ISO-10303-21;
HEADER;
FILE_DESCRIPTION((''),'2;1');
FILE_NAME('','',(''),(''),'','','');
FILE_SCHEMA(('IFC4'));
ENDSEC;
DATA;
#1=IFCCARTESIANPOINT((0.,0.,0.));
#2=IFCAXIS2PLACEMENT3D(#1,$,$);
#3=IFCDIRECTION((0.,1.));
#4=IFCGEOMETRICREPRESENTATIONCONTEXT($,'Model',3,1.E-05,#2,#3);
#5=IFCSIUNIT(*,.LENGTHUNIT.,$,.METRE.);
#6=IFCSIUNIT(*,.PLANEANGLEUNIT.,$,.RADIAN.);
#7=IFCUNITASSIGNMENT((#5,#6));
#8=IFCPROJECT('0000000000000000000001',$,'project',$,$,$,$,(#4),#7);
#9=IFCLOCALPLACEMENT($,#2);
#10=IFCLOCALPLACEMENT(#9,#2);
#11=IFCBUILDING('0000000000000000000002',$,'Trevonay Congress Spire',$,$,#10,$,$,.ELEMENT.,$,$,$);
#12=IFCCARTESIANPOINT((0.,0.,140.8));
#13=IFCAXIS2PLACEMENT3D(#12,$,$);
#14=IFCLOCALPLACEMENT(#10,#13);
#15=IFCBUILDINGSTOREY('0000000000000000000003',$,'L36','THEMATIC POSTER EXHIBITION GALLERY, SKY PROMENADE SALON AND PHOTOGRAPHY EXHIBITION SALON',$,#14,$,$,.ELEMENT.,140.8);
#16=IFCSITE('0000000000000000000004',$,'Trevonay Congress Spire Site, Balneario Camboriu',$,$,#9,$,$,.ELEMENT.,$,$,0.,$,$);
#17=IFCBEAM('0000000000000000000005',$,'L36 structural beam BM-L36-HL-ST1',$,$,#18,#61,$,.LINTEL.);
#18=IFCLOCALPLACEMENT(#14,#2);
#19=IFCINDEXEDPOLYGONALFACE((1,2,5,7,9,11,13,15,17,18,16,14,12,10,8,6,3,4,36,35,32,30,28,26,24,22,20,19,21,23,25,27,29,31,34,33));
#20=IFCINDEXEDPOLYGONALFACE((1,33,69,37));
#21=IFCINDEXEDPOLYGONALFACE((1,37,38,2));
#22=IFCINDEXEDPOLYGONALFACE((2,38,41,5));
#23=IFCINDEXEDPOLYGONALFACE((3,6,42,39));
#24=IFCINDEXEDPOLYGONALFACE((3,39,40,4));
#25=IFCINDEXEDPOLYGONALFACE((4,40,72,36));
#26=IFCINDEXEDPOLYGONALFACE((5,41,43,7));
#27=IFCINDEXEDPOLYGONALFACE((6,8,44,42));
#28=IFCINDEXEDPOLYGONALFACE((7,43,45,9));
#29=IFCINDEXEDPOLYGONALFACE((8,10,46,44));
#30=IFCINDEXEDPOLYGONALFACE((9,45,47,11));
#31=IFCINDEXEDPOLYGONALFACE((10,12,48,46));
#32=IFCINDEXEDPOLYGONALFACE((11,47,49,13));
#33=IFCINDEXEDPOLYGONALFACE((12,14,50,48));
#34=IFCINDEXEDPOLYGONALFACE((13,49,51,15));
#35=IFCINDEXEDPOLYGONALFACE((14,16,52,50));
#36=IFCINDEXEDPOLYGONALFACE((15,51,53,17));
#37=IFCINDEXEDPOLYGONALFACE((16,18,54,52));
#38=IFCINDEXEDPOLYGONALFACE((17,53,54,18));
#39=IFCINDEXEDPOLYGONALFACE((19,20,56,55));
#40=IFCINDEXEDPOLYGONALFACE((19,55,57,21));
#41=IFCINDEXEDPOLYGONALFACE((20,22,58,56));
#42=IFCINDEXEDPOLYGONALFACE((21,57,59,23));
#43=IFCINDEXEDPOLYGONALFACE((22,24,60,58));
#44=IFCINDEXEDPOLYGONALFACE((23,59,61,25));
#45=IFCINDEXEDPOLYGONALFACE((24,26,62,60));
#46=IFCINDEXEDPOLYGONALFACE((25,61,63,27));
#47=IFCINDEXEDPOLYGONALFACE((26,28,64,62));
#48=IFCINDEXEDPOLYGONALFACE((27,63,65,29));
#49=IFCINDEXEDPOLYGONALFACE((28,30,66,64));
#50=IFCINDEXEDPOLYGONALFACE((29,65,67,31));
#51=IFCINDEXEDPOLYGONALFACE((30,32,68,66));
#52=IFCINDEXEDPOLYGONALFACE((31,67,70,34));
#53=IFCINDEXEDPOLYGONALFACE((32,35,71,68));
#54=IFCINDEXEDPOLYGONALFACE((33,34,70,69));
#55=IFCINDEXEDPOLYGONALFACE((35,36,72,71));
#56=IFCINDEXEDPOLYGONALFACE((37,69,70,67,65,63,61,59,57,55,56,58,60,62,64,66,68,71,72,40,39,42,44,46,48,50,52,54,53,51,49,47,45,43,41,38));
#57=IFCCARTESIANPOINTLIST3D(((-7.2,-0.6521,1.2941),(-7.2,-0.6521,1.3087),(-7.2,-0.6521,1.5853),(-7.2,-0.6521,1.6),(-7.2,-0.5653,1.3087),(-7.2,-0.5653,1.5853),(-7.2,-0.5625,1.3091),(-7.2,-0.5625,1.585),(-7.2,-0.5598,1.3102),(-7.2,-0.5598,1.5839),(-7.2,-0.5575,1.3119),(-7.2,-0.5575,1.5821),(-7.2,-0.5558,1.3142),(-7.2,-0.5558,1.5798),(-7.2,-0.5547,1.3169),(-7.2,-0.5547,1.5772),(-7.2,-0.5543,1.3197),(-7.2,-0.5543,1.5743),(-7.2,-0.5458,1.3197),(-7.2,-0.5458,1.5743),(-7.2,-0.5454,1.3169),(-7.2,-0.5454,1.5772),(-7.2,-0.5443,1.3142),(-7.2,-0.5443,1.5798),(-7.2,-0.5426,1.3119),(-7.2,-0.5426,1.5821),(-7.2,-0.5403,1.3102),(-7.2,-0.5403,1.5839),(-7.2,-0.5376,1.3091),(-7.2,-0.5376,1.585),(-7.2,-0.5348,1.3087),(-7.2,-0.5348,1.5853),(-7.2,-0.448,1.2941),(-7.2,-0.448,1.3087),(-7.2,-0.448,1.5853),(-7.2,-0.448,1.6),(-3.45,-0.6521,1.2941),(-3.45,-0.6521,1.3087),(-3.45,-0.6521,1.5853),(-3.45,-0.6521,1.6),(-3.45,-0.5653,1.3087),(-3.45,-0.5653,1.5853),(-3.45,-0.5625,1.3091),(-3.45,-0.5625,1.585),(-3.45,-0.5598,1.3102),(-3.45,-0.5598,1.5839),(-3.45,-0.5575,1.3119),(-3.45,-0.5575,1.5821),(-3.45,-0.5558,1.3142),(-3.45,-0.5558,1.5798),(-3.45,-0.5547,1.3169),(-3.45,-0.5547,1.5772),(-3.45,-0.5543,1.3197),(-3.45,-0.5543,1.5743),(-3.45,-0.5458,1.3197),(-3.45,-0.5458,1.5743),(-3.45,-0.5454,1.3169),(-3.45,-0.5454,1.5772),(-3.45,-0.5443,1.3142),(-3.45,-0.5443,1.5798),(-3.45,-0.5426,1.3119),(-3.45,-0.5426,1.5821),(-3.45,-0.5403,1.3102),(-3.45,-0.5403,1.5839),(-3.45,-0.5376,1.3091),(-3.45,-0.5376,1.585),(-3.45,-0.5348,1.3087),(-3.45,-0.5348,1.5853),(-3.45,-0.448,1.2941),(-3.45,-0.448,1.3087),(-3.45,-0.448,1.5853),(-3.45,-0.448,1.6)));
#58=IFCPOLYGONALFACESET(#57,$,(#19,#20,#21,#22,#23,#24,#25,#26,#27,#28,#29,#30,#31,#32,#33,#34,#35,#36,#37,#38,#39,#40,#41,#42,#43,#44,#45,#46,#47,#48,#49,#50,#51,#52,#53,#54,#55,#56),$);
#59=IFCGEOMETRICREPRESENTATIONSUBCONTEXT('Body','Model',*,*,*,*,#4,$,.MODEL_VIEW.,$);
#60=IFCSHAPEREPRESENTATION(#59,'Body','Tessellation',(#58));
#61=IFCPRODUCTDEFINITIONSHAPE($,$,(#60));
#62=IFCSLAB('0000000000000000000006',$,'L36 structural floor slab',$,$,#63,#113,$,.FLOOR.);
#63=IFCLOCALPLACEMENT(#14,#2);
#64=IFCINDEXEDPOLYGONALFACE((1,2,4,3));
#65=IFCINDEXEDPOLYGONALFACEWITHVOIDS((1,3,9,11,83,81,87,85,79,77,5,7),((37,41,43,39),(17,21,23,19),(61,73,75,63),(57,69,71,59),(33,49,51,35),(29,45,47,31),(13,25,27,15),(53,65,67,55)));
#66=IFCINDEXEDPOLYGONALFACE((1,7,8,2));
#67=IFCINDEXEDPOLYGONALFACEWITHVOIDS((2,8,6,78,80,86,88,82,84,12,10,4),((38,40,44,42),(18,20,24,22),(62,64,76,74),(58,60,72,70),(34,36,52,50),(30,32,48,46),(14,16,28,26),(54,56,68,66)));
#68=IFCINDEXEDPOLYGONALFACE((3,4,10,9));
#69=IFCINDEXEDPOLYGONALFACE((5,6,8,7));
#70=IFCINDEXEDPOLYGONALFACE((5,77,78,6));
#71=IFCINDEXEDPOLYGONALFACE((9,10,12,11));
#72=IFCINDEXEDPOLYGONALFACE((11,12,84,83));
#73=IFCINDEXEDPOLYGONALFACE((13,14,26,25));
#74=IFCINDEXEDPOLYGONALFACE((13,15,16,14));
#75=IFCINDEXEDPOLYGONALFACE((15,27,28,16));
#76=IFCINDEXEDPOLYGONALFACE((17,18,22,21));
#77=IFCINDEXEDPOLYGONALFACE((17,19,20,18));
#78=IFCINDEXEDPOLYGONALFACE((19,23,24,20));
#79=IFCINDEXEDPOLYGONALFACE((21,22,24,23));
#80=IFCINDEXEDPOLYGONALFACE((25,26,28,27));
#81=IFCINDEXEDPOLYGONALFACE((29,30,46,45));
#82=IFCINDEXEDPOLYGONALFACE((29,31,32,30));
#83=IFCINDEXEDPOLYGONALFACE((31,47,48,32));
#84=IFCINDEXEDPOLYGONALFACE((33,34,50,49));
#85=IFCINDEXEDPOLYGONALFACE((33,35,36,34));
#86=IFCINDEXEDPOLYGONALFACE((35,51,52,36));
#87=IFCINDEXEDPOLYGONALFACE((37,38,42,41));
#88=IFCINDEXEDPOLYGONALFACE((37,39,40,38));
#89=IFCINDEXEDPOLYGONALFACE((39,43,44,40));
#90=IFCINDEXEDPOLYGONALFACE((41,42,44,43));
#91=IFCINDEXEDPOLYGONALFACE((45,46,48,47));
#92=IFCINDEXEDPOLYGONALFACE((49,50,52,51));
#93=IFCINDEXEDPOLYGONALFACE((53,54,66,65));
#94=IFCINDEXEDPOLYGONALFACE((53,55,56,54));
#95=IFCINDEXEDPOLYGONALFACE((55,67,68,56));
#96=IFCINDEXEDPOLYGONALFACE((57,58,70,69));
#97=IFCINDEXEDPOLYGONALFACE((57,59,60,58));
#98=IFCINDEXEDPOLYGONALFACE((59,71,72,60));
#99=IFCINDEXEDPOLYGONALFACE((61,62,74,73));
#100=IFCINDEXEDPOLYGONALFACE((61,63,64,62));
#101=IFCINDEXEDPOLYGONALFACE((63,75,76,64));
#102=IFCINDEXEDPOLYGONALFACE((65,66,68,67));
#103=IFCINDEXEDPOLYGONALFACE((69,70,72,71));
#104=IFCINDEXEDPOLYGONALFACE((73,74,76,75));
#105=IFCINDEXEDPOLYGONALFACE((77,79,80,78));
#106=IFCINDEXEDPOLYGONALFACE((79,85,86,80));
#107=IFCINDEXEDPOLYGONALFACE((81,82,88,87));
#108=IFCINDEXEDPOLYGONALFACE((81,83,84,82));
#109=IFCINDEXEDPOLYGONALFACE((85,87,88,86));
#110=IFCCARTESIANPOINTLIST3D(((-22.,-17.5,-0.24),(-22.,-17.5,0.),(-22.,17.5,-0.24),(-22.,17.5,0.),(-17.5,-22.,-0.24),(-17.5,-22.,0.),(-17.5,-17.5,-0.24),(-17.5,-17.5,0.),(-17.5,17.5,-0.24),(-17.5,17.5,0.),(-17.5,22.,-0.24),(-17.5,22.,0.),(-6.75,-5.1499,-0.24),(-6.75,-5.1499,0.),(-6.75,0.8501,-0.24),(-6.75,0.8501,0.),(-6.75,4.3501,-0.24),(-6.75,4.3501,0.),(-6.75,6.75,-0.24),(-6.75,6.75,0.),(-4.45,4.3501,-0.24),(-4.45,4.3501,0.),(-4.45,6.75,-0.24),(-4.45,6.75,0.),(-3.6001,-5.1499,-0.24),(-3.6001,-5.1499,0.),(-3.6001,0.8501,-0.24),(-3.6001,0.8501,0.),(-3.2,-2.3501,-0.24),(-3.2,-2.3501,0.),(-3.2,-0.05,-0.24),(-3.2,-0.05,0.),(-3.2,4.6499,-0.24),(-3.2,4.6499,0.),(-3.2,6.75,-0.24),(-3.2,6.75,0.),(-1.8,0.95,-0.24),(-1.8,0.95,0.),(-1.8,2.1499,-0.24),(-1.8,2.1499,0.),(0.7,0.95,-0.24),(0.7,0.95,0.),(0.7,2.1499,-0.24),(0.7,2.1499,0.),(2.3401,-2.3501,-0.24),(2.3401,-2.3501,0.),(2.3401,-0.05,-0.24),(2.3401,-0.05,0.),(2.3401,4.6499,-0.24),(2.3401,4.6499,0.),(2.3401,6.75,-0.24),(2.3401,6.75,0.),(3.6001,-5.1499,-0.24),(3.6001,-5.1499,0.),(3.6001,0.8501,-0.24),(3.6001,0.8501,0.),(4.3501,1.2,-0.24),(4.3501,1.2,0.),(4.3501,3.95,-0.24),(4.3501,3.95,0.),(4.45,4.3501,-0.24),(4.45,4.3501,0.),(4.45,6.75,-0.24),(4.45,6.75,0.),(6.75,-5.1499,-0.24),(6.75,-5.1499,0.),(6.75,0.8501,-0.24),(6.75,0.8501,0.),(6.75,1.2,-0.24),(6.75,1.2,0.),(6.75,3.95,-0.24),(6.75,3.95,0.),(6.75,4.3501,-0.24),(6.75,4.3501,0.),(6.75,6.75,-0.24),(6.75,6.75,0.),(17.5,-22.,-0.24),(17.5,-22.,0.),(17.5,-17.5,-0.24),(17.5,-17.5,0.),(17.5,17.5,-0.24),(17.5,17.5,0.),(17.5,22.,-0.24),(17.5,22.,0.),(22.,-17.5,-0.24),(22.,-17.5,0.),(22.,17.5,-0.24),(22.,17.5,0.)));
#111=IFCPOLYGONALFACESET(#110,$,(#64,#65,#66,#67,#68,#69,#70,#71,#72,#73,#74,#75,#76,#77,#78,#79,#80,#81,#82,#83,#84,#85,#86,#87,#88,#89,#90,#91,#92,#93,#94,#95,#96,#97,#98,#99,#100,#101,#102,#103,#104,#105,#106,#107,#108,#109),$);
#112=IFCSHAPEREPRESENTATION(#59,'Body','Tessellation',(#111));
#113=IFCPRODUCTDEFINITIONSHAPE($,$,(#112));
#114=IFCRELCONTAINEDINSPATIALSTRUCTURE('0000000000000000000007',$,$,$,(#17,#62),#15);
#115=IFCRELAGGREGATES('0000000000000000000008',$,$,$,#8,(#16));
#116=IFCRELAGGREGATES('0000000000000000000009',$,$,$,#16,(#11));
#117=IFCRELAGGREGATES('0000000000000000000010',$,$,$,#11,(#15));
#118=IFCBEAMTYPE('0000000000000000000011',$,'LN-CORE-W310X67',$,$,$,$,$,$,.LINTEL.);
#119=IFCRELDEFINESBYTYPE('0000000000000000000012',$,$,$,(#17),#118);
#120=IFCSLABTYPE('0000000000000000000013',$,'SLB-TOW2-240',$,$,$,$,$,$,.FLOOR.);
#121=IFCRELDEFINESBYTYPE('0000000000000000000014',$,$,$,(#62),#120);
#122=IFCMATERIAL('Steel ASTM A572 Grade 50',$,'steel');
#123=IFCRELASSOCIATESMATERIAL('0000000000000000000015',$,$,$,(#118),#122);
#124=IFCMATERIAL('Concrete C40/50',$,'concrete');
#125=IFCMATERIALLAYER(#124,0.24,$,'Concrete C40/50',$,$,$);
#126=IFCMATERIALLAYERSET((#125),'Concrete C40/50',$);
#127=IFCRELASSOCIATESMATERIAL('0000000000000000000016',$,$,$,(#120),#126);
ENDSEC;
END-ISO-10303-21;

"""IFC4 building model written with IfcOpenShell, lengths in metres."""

from ifc_helpers import new_model, si_unit, direction, frame, origin, origin_2d, place, context, subcontext, project, spatial, polyline, i_section, outline, extrude, material, layer, layer_set, material_profile, profile_set, type_object, element, save


model = new_model("IFC4")

# Units and contexts
model_context = context("Model", 3, precision=1e-05, world=origin(), true_north=direction((0.0, 1.0)))
body_context = subcontext(model_context, "Body", "Model", "MODEL_VIEW")
ifc_project = project(units=[si_unit("LENGTHUNIT", "METRE"), si_unit("PLANEANGLEUNIT", "RADIAN")], contexts=[model_context])

# Site, building, storey
site_placement = place(None, origin())
site = spatial("IfcSite", under=ifc_project, at=site_placement, Name="Trevonay Congress Spire Site, Balneario Camboriu", CompositionType="ELEMENT", RefElevation=0.0)
building_placement = place(site_placement, origin())
building = spatial("IfcBuilding", under=site, at=building_placement, Name="Trevonay Congress Spire", CompositionType="ELEMENT")
storey_placement = place(building_placement, frame((0.0, 0.0, 140.8)))
storey = spatial("IfcBuildingStorey", under=building, at=storey_placement, Name="L36", Description="THEMATIC POSTER EXHIBITION GALLERY, SKY PROMENADE SALON AND PHOTOGRAPHY EXHIBITION SALON", CompositionType="ELEMENT", Elevation=140.8)

# Shared definitions
ifc_material_1 = material(Name="Steel ASTM A572 Grade 50", Category="steel")

# Beam
ifc_material_profile_1 = material_profile(ifc_material_1, i_section(OverallWidth=0.2041, OverallDepth=0.3059, WebThickness=0.0085, FlangeThickness=0.0146, FilletRadius=0.011, at=origin_2d()), Name="W310x67")
ifc_profile_set_1 = profile_set([ifc_material_profile_1], Name="Steel ASTM A572 Grade 50")
beam_type_1 = type_object("IfcBeamType", Name="LN-CORE-W310X67", PredefinedType="LINTEL", material=ifc_profile_set_1)
beam_1_placement = place(storey_placement, frame((-7.2, -0.55, 1.447), z_axis=(1.0, 0.0, 0.0), x_axis=(0.0, 1.0, 0.0)))
element("IfcBeam", 1, at=beam_1_placement, inside=storey, type_object=beam_type_1, Name="L36 structural beam BM-L36-HL-ST1", PredefinedType="LINTEL", context=body_context, shape_type="SweptSolid", body=[
    extrude(i_section(OverallWidth=0.2041, OverallDepth=0.3059, WebThickness=0.0085, FlangeThickness=0.0146, FilletRadius=0.011, at=origin_2d()), origin(), (0.0, 0.0, 1.0), 3.75),
])

# Slab
ifc_material_2 = material(Name="Concrete C40/50", Category="concrete")
ifc_layer_1 = layer(ifc_material_2, 0.24, Name="Concrete C40/50")
ifc_layer_set_1 = layer_set([ifc_layer_1], Name="Concrete C40/50")
slab_type = type_object("IfcSlabType", Name="SLB-TOW2-240", PredefinedType="FLOOR", material=ifc_layer_set_1)
slab_placement = place(storey_placement, frame((0.0, 0.0, -0.24)))
element("IfcSlab", 2, at=slab_placement, inside=storey, type_object=slab_type, Name="L36 structural floor slab", PredefinedType="FLOOR", context=body_context, shape_type="SweptSolid", body=[
    extrude(outline(polyline([(-17.5, -22.0), (17.5, -22.0), (17.5, -17.5), (22.0, -17.5), (22.0, 17.5), (17.5, 17.5), (17.5, 22.0), (-17.5, 22.0), (-17.5, 17.5), (-22.0, 17.5), (-22.0, -17.5), (-17.5, -17.5), (-17.5, -22.0)]), holes=[polyline([(-3.6001, -5.1499), (-3.6001, 0.8501), (-6.75, 0.8501), (-6.75, -5.1499), (-3.6001, -5.1499)]), polyline([(6.75, -5.1499), (6.75, 0.8501), (3.6001, 0.8501), (3.6001, -5.1499), (6.75, -5.1499)]), polyline([(-3.2, -2.3501), (2.3401, -2.3501), (2.3401, -0.05), (-3.2, -0.05), (-3.2, -2.3501)]), polyline([(-3.2, 4.6499), (2.3401, 4.6499), (2.3401, 6.75), (-3.2, 6.75), (-3.2, 4.6499)]), polyline([(-6.75, 4.3501), (-4.45, 4.3501), (-4.45, 6.75), (-6.75, 6.75), (-6.75, 4.3501)]), polyline([(4.45, 4.3501), (6.75, 4.3501), (6.75, 6.75), (4.45, 6.75), (4.45, 4.3501)]), polyline([(4.3501, 1.2), (6.75, 1.2), (6.75, 3.95), (4.3501, 3.95), (4.3501, 1.2)]), polyline([(-1.8, 0.95), (0.7, 0.95), (0.7, 2.1499), (-1.8, 2.1499), (-1.8, 0.95)])]), origin(), (0.0, 0.0, 1.0), 0.24),
])

save(model, "model.ifc")
